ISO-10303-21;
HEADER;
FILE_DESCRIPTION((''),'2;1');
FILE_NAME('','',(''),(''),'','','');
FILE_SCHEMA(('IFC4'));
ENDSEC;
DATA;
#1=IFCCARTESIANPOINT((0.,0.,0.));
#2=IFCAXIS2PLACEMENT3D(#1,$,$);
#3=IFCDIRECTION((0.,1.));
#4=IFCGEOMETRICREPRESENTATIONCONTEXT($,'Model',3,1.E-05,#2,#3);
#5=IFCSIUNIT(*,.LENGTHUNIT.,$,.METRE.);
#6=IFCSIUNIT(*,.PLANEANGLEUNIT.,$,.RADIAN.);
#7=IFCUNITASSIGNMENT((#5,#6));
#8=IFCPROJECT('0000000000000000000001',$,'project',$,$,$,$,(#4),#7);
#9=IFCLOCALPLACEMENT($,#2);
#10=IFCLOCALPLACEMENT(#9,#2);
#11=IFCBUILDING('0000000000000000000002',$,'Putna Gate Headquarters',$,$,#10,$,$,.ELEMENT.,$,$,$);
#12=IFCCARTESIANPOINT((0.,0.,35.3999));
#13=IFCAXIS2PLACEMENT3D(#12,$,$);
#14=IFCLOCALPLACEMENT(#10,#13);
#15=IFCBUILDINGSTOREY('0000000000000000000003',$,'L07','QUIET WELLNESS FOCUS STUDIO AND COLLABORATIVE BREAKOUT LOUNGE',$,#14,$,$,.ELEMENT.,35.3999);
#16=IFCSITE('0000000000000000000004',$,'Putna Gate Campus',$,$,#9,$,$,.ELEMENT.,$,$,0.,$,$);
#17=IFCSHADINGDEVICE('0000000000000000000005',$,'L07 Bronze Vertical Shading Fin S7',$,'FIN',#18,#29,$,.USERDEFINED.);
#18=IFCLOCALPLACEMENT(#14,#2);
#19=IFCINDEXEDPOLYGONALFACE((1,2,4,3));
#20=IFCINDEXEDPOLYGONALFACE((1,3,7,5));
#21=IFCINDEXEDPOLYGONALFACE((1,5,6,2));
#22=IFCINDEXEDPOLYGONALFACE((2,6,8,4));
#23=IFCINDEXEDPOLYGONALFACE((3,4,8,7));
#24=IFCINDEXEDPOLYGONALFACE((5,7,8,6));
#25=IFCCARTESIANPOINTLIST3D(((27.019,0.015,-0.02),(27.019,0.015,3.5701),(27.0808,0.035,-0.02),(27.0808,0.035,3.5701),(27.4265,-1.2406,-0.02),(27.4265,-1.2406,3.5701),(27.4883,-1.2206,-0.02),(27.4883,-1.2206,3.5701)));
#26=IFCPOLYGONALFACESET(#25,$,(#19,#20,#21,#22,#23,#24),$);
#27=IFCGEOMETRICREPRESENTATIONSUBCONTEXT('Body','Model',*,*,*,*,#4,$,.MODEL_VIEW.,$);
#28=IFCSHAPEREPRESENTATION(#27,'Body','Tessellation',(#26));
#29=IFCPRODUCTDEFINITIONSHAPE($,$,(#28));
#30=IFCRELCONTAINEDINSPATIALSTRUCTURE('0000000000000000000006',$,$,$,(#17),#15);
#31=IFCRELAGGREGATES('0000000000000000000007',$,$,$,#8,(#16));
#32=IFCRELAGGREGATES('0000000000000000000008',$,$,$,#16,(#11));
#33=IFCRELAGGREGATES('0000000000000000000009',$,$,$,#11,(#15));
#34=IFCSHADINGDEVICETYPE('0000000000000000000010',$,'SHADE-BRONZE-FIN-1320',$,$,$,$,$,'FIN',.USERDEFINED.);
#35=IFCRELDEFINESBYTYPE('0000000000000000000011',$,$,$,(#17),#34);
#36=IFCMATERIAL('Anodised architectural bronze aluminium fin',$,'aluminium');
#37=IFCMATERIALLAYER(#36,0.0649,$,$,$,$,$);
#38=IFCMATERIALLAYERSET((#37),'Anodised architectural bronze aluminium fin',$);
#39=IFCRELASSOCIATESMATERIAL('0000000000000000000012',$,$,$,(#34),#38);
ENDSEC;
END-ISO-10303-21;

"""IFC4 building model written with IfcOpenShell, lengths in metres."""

from ifc_helpers import new_model, si_unit, direction, frame, origin, origin_2d, place, context, subcontext, project, spatial, rectangle, extrude, material, layer, layer_set, type_object, element, save


model = new_model("IFC4")

# Units and contexts
model_context = context("Model", 3, precision=1e-05, world=origin(), true_north=direction((0.0, 1.0)))
body_context = subcontext(model_context, "Body", "Model", "MODEL_VIEW")
ifc_project = project(units=[si_unit("LENGTHUNIT", "METRE"), si_unit("PLANEANGLEUNIT", "RADIAN")], contexts=[model_context])

# Site, building, storey
site_placement = place(None, origin())
site = spatial("IfcSite", under=ifc_project, at=site_placement, Name="Putna Gate Campus", CompositionType="ELEMENT", RefElevation=0.0)
building_placement = place(site_placement, origin())
building = spatial("IfcBuilding", under=site, at=building_placement, Name="Putna Gate Headquarters", CompositionType="ELEMENT")
storey_placement = place(building_placement, frame((0.0, 0.0, 35.3999)))
storey = spatial("IfcBuildingStorey", under=building, at=storey_placement, Name="L07", Description="QUIET WELLNESS FOCUS STUDIO AND COLLABORATIVE BREAKOUT LOUNGE", CompositionType="ELEMENT", Elevation=35.3999)

# Shading device
ifc_material_1 = material(Name="Anodised architectural bronze aluminium fin", Category="aluminium")
ifc_layer_1 = layer(ifc_material_1, 0.0649)
ifc_layer_set_1 = layer_set([ifc_layer_1], Name="Anodised architectural bronze aluminium fin")
shading_device_type = type_object("IfcShadingDeviceType", Name="SHADE-BRONZE-FIN-1320", ElementType="FIN", PredefinedType="USERDEFINED", material=ifc_layer_set_1)
for number, where, z_axis, x_axis, name in (
    (1, (27.2537, -0.6028, -0.02), (0.0, 0.0, 1.0), (0.308685, -0.951164, 0.0), "L07 Bronze Vertical Shading Fin S7"),
):
    element("IfcShadingDevice", number, at=place(storey_placement, frame(where, z_axis=z_axis, x_axis=x_axis)), inside=storey, type_object=shading_device_type, Name=name, ObjectType="FIN", PredefinedType="USERDEFINED", context=body_context, shape_type="SweptSolid", body=[
        extrude(rectangle(XDim=1.3201, YDim=0.0649, at=origin_2d()), origin(), (0.0, 0.0, 1.0), 3.5901),
    ])

save(model, "model.ifc")
